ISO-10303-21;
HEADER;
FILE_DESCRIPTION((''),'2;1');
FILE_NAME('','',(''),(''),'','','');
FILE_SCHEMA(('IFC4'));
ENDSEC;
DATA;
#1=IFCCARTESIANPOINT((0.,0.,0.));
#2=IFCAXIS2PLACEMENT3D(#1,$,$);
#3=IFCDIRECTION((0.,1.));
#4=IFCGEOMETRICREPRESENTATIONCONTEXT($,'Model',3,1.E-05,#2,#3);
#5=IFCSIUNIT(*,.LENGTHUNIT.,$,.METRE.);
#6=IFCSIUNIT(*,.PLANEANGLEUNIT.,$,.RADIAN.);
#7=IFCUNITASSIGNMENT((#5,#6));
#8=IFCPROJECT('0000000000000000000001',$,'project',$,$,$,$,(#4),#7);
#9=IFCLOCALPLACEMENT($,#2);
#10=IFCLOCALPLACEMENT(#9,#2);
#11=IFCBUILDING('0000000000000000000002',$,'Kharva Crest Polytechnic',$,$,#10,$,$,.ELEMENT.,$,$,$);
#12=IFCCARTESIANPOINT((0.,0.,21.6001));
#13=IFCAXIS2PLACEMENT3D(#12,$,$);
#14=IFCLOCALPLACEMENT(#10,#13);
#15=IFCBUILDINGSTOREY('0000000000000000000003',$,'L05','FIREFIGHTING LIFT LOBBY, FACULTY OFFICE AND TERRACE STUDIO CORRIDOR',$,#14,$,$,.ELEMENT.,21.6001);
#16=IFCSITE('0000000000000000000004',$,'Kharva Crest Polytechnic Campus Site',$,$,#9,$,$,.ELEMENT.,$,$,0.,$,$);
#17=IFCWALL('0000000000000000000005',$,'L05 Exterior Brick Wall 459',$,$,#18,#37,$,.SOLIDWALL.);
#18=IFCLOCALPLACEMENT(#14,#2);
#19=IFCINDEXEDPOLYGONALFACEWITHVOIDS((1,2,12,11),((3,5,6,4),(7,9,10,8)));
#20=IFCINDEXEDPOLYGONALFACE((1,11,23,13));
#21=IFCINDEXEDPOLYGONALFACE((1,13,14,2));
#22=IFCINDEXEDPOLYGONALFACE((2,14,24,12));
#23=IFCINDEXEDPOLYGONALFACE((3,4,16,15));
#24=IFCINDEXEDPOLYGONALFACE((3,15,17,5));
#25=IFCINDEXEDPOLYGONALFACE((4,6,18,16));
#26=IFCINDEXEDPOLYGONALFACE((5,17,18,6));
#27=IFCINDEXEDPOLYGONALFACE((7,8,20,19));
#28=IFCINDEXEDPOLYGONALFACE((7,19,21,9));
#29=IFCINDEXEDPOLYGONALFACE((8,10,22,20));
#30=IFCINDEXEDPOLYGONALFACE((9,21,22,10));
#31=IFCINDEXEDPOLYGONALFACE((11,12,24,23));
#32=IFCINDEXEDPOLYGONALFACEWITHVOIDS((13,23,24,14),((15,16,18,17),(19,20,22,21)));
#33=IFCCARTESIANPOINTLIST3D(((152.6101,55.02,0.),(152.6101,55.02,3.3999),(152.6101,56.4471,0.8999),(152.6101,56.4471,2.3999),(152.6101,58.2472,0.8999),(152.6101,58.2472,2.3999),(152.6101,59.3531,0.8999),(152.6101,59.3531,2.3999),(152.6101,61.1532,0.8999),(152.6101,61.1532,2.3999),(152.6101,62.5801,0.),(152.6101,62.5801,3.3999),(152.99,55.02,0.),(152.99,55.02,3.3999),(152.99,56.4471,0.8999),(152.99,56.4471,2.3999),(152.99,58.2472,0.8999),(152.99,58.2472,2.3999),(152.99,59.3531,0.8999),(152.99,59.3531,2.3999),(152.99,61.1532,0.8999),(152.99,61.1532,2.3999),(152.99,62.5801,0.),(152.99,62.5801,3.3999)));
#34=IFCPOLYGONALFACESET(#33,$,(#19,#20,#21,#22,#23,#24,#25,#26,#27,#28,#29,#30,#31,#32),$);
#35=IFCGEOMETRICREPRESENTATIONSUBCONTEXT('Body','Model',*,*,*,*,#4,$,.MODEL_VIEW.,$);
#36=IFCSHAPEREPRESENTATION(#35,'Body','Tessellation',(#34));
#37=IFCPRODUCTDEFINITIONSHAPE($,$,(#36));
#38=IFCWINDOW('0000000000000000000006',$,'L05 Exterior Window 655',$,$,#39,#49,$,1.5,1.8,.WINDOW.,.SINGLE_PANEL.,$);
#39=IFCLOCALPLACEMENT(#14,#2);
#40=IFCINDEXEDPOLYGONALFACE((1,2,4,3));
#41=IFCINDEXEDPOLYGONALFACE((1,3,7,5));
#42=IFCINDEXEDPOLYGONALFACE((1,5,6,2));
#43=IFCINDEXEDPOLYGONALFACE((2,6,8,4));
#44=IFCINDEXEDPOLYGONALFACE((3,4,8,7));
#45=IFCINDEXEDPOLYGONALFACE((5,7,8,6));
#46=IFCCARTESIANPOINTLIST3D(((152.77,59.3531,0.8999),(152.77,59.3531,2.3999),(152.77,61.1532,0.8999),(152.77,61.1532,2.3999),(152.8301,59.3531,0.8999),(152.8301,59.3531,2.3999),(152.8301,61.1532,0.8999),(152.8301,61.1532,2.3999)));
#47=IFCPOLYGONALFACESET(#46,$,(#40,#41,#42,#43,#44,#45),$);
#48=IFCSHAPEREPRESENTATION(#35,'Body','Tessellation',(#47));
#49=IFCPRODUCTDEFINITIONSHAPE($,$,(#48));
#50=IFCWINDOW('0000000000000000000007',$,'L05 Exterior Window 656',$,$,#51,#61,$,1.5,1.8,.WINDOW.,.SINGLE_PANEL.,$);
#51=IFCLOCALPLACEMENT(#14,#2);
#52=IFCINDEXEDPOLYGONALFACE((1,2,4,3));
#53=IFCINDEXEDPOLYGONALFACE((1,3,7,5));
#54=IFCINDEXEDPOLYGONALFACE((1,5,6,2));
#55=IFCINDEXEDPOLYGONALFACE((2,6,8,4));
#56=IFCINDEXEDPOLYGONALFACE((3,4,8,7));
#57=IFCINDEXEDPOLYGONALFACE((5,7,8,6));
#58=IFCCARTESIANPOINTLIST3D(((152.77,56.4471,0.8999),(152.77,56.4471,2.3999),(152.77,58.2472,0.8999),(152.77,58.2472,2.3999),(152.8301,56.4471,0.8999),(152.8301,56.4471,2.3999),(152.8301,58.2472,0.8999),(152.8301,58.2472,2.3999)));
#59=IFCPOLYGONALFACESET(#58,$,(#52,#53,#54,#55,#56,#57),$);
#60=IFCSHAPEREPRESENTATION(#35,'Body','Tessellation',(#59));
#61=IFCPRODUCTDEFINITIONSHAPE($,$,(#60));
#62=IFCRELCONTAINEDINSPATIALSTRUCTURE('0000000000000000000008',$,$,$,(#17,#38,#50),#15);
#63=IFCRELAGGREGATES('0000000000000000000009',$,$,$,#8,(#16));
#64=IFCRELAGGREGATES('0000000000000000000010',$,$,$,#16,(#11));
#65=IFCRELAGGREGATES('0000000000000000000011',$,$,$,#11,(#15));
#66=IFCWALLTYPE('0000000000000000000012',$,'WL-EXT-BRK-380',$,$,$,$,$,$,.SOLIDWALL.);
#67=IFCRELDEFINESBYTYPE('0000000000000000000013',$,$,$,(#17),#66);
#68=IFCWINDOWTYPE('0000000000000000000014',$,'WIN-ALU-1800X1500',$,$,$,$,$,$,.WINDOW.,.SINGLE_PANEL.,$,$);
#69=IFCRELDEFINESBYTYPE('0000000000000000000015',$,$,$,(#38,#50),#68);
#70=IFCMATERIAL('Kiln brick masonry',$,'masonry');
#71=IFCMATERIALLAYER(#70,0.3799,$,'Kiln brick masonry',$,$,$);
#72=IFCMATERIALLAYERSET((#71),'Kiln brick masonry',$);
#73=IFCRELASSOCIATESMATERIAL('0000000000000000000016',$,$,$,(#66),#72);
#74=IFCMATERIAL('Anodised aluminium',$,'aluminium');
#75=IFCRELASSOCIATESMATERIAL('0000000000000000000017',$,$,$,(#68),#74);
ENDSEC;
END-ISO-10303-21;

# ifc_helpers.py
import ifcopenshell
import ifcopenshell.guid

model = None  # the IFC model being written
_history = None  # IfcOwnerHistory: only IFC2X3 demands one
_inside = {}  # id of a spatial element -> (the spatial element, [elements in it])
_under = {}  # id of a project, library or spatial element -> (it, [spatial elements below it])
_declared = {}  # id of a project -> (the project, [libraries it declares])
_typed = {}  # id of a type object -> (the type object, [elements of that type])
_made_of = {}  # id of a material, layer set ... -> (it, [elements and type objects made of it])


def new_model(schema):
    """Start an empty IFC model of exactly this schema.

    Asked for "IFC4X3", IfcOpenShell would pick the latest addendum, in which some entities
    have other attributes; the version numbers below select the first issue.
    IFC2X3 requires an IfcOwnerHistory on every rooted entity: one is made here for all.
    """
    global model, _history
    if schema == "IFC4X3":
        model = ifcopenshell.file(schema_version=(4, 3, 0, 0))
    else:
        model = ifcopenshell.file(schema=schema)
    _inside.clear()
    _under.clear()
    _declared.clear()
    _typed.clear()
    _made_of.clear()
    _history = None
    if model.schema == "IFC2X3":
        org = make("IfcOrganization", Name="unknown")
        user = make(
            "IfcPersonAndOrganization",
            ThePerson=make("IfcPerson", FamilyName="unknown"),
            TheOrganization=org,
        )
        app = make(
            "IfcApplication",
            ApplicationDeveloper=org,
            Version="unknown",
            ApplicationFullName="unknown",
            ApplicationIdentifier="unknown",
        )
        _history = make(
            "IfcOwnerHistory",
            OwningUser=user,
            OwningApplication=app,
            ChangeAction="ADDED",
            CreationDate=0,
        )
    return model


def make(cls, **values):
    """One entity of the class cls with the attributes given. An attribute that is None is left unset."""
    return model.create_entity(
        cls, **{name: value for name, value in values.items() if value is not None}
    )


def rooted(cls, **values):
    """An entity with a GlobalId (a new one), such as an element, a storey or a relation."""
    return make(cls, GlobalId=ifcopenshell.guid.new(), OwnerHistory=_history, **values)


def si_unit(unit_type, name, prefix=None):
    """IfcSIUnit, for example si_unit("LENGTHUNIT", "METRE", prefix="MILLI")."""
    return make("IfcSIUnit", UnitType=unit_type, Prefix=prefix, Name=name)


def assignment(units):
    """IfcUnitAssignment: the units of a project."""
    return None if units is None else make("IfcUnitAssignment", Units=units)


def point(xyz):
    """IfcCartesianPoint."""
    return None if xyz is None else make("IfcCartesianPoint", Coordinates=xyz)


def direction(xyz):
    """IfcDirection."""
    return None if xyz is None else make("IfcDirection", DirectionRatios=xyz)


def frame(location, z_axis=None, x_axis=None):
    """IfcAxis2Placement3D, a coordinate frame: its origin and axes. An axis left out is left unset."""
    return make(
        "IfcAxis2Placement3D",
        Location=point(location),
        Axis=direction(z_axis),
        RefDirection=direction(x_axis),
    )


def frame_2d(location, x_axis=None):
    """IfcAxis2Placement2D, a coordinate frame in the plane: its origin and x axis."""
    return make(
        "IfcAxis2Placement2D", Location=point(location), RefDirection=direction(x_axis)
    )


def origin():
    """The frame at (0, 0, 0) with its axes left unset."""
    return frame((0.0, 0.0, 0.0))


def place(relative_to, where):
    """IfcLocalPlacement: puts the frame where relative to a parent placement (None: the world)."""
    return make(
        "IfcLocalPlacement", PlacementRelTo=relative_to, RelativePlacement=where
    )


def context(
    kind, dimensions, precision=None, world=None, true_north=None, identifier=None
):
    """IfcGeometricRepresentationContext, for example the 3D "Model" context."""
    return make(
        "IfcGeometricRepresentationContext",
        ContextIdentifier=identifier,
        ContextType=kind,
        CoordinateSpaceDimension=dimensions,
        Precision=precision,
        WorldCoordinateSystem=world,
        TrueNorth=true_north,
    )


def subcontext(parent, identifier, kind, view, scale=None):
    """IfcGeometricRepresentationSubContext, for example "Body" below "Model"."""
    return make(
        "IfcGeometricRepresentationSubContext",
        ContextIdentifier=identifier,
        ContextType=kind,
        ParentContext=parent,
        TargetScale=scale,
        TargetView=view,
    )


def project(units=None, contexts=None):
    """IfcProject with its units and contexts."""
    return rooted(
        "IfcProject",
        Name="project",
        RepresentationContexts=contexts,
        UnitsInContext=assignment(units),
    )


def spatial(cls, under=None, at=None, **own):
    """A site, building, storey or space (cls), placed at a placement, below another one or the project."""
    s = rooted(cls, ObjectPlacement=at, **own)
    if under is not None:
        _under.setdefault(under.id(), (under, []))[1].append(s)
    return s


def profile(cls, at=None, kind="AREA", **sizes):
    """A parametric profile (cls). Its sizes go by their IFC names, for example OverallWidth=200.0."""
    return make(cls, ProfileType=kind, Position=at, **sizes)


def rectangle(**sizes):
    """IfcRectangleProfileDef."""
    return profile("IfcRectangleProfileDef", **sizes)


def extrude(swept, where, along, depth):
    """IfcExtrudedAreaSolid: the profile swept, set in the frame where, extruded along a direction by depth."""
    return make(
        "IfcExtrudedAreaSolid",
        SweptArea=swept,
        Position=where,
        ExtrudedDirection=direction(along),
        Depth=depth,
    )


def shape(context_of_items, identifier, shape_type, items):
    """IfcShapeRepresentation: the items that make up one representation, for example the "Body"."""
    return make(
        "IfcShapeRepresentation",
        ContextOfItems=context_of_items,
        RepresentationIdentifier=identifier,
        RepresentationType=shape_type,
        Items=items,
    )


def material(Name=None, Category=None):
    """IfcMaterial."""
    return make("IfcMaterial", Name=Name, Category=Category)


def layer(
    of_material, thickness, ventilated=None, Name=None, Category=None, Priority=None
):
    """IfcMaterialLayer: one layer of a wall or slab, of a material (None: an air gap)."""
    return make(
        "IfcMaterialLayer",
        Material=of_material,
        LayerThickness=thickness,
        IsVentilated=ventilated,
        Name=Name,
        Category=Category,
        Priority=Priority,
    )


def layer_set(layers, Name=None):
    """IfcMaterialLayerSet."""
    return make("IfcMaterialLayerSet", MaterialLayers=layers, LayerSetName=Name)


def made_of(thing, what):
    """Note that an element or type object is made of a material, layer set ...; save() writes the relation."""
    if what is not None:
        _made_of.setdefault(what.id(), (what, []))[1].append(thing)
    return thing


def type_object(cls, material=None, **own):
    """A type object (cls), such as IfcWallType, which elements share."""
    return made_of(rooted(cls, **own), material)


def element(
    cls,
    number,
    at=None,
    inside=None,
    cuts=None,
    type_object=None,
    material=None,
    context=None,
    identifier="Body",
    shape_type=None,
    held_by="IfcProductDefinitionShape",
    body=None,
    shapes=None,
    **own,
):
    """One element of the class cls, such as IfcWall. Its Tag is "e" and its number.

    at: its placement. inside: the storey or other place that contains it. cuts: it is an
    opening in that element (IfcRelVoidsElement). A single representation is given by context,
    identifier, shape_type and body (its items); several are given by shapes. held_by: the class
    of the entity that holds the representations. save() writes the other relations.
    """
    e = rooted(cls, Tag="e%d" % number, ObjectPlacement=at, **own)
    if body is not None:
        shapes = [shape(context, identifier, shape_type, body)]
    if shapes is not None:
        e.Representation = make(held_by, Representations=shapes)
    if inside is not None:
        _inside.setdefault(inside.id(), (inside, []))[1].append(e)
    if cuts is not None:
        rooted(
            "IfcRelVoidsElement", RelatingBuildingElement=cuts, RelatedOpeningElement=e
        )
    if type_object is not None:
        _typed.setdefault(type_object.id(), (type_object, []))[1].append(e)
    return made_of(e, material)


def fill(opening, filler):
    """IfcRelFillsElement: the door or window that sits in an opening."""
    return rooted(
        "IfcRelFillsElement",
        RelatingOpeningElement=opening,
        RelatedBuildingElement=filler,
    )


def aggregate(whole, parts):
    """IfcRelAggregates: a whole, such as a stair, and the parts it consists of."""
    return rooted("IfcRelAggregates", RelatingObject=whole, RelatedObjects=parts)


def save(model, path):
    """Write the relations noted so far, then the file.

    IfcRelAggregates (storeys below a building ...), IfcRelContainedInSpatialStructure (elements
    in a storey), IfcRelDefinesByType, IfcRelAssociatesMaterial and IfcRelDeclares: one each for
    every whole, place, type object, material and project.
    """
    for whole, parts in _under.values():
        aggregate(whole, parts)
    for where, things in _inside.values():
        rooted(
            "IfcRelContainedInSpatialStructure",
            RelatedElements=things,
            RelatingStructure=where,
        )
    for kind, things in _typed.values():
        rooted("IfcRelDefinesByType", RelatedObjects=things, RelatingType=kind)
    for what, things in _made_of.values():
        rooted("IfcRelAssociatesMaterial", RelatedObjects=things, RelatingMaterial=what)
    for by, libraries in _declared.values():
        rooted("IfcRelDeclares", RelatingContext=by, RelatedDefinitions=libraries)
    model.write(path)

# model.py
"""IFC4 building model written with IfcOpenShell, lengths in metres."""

from ifc_helpers import new_model, si_unit, direction, frame, frame_2d, origin, place, context, subcontext, project, spatial, rectangle, extrude, material, layer, layer_set, type_object, element, fill, save


model = new_model("IFC4")

# Units and contexts
model_context = context("Model", 3, precision=1e-05, world=origin(), true_north=direction((0.0, 1.0)))
body_context = subcontext(model_context, "Body", "Model", "MODEL_VIEW")
ifc_project = project(units=[si_unit("LENGTHUNIT", "METRE"), si_unit("PLANEANGLEUNIT", "RADIAN")], contexts=[model_context])

# Site, building, storey
site_placement = place(None, origin())
site = spatial("IfcSite", under=ifc_project, at=site_placement, Name="Kharva Crest Polytechnic Campus Site", CompositionType="ELEMENT", RefElevation=0.0)
building_placement = place(site_placement, origin())
building = spatial("IfcBuilding", under=site, at=building_placement, Name="Kharva Crest Polytechnic", CompositionType="ELEMENT")
storey_placement = place(building_placement, frame((0.0, 0.0, 21.6001)))
storey = spatial("IfcBuildingStorey", under=building, at=storey_placement, Name="L05", Description="FIREFIGHTING LIFT LOBBY, FACULTY OFFICE AND TERRACE STUDIO CORRIDOR", CompositionType="ELEMENT", Elevation=21.6001)

# Shared definitions
ifc_material_1 = material(Name="Kiln brick masonry", Category="masonry")
ifc_material_2 = material(Name="Anodised aluminium", Category="aluminium")

# Wall, openings, windows
ifc_layer_1 = layer(ifc_material_1, 0.3799, Name="Kiln brick masonry")
ifc_layer_set_1 = layer_set([ifc_layer_1], Name="Kiln brick masonry")
wall_type_1 = type_object("IfcWallType", Name="WL-EXT-BRK-380", PredefinedType="SOLIDWALL", material=ifc_layer_set_1)
wall_1_placement = place(storey_placement, frame((152.8, 62.5801, 0.0), z_axis=(0.0, 0.0, 1.0), x_axis=(0.0, -1.0, 0.0)))
wall_1 = element("IfcWall", 1, at=wall_1_placement, inside=storey, type_object=wall_type_1, Name="L05 Exterior Brick Wall 459", PredefinedType="SOLIDWALL", context=body_context, shape_type="SweptSolid", body=[
    extrude(rectangle(XDim=7.5601, YDim=0.3799, at=frame_2d((3.78, 0.0))), origin(), (0.0, 0.0, 1.0), 3.3999),
])
opening_1_placement = place(wall_1_placement, frame((1.427, 0.0, 0.8999)))
opening_1 = element("IfcOpeningElement", 2, at=opening_1_placement, cuts=wall_1, PredefinedType="OPENING", context=body_context, shape_type="SweptSolid", body=[
    extrude(rectangle(XDim=1.8, YDim=1.5, at=frame_2d((0.8999, 0.75))), frame((0.0, 0.2, 0.0), z_axis=(0.0, -1.0, 0.0), x_axis=(1.0, 0.0, 0.0)), (0.0, 0.0, 1.0), 0.3999),
])
opening_2_placement = place(wall_1_placement, frame((4.333, 0.0, 0.8999)))
opening_2 = element("IfcOpeningElement", 3, at=opening_2_placement, cuts=wall_1, PredefinedType="OPENING", context=body_context, shape_type="SweptSolid", body=[
    extrude(rectangle(XDim=1.8, YDim=1.5, at=frame_2d((0.8999, 0.75))), frame((0.0, 0.2, 0.0), z_axis=(0.0, -1.0, 0.0), x_axis=(1.0, 0.0, 0.0)), (0.0, 0.0, 1.0), 0.3999),
])
window_type = type_object("IfcWindowType", Name="WIN-ALU-1800X1500", PartitioningType="SINGLE_PANEL", PredefinedType="WINDOW", material=ifc_material_2)
window_1_placement = place(opening_1_placement, origin())
window_1 = element("IfcWindow", 4, at=window_1_placement, inside=storey, type_object=window_type, Name="L05 Exterior Window 655", OverallHeight=1.5, OverallWidth=1.8, PartitioningType="SINGLE_PANEL", PredefinedType="WINDOW", context=body_context, shape_type="SweptSolid", body=[
    extrude(rectangle(XDim=1.8, YDim=1.5, at=frame_2d((0.8999, 0.75))), frame((0.0, 0.03, 0.0), z_axis=(0.0, -1.0, 0.0), x_axis=(1.0, 0.0, 0.0)), (0.0, 0.0, 1.0), 0.0601),
])
fill(opening_1, window_1)
window_2_placement = place(opening_2_placement, origin())
window_2 = element("IfcWindow", 5, at=window_2_placement, inside=storey, type_object=window_type, Name="L05 Exterior Window 656", OverallHeight=1.5, OverallWidth=1.8, PartitioningType="SINGLE_PANEL", PredefinedType="WINDOW", context=body_context, shape_type="SweptSolid", body=[
    extrude(rectangle(XDim=1.8, YDim=1.5, at=frame_2d((0.8999, 0.75))), frame((0.0, 0.03, 0.0), z_axis=(0.0, -1.0, 0.0), x_axis=(1.0, 0.0, 0.0)), (0.0, 0.0, 1.0), 0.0601),
])
fill(opening_2, window_2)

save(model, "model.ifc")
